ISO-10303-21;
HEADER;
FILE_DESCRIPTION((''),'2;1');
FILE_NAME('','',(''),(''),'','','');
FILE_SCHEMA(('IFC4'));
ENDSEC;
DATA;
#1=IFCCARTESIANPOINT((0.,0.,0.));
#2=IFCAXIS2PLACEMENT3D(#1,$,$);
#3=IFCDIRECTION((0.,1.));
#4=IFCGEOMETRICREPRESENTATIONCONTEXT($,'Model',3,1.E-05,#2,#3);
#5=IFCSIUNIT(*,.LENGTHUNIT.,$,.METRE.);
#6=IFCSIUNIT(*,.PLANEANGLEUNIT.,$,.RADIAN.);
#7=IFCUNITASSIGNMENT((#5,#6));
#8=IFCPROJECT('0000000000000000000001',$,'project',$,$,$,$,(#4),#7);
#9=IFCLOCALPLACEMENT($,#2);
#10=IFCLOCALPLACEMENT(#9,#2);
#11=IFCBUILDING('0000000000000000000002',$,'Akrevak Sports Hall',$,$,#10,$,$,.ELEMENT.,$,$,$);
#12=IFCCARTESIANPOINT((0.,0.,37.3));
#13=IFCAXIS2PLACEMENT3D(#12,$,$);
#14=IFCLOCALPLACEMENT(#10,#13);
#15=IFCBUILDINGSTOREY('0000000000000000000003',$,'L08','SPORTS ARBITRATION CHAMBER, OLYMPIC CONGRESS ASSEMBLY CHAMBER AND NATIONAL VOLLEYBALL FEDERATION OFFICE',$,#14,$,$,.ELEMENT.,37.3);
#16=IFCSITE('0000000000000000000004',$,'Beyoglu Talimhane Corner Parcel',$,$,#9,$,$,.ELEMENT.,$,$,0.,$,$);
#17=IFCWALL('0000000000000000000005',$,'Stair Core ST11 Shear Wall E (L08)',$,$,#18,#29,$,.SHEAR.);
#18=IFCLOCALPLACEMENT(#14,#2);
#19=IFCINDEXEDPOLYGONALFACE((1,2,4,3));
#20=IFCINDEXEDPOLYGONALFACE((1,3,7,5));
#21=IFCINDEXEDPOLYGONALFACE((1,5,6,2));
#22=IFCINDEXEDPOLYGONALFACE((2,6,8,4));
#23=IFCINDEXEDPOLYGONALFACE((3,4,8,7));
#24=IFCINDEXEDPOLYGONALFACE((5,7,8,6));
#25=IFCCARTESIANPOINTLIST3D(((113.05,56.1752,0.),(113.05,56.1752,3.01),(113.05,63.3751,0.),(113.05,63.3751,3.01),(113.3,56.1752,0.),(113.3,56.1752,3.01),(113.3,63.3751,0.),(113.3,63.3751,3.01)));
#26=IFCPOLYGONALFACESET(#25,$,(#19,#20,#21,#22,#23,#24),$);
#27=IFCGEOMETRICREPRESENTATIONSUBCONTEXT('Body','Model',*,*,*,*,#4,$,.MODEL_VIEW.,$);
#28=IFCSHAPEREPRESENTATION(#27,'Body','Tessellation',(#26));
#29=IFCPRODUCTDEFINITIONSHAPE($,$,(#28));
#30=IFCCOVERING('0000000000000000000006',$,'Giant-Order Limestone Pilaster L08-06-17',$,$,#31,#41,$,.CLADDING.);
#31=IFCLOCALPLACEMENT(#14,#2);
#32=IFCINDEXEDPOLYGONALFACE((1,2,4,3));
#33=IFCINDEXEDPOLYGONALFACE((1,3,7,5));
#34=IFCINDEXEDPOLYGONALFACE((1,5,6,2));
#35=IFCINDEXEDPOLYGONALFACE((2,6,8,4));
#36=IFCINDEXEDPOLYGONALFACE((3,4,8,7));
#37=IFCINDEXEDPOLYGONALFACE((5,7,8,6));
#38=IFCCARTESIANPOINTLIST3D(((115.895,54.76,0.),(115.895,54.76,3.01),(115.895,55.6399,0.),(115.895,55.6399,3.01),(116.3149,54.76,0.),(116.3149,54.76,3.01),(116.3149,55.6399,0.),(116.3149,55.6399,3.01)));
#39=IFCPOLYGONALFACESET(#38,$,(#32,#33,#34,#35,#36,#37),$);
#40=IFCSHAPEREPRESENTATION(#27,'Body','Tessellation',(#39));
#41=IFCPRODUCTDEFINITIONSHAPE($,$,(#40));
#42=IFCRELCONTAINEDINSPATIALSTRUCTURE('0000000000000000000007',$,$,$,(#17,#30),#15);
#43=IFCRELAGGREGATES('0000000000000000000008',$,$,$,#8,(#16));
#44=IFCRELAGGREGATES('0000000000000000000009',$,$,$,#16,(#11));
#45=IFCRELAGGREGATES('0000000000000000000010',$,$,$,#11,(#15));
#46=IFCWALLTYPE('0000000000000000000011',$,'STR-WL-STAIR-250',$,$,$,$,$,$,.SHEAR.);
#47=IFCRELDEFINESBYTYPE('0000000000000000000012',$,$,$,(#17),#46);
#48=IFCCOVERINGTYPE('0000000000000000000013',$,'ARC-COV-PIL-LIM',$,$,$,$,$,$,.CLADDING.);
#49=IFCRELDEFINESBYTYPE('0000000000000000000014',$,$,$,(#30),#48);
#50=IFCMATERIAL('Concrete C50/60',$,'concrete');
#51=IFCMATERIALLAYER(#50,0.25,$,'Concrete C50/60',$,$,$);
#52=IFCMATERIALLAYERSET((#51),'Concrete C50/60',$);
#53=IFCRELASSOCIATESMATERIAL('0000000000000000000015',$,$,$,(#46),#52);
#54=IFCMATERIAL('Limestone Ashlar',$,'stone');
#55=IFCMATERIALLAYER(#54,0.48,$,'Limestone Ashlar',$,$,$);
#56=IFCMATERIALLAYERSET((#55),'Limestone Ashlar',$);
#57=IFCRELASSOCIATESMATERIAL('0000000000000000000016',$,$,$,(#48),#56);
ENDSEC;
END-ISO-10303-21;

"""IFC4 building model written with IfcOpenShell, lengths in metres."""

from ifc_helpers import new_model, si_unit, direction, frame, frame_2d, origin, origin_2d, place, context, subcontext, project, spatial, rectangle, extrude, material, layer, layer_set, type_object, element, save


model = new_model("IFC4")

# Units and contexts
model_context = context("Model", 3, precision=1e-05, world=origin(), true_north=direction((0.0, 1.0)))
body_context = subcontext(model_context, "Body", "Model", "MODEL_VIEW")
ifc_project = project(units=[si_unit("LENGTHUNIT", "METRE"), si_unit("PLANEANGLEUNIT", "RADIAN")], contexts=[model_context])

# Site, building, storey
site_placement = place(None, origin())
site = spatial("IfcSite", under=ifc_project, at=site_placement, Name="Beyoglu Talimhane Corner Parcel", CompositionType="ELEMENT", RefElevation=0.0)
building_placement = place(site_placement, origin())
building = spatial("IfcBuilding", under=site, at=building_placement, Name="Akrevak Sports Hall", CompositionType="ELEMENT")
storey_placement = place(building_placement, frame((0.0, 0.0, 37.3)))
storey = spatial("IfcBuildingStorey", under=building, at=storey_placement, Name="L08", Description="SPORTS ARBITRATION CHAMBER, OLYMPIC CONGRESS ASSEMBLY CHAMBER AND NATIONAL VOLLEYBALL FEDERATION OFFICE", CompositionType="ELEMENT", Elevation=37.3)

# Shared definitions
ifc_material_1 = material(Name="Concrete C50/60", Category="concrete")

# Shared definitions
ifc_material_2 = material(Name="Limestone Ashlar", Category="stone")

# Wall
ifc_layer_1 = layer(ifc_material_1, 0.25, Name="Concrete C50/60")
ifc_layer_set_1 = layer_set([ifc_layer_1], Name="Concrete C50/60")
wall_type_1 = type_object("IfcWallType", Name="STR-WL-STAIR-250", PredefinedType="SHEAR", material=ifc_layer_set_1)
wall_1_placement = place(storey_placement, frame((113.175, 56.175, 0.0), z_axis=(0.0, 0.0, 1.0), x_axis=(0.0, 1.0, 0.0)))
element("IfcWall", 1, at=wall_1_placement, inside=storey, type_object=wall_type_1, Name="Stair Core ST11 Shear Wall E (L08)", PredefinedType="SHEAR", context=body_context, shape_type="SweptSolid", body=[
    extrude(rectangle(XDim=7.2, YDim=0.25, at=frame_2d((3.6001, 0.0))), origin(), (0.0, 0.0, 1.0), 3.01),
])

# Covering
ifc_layer_2 = layer(ifc_material_2, 0.48, Name="Limestone Ashlar")
ifc_layer_set_2 = layer_set([ifc_layer_2], Name="Limestone Ashlar")
covering_type = type_object("IfcCoveringType", Name="ARC-COV-PIL-LIM", PredefinedType="CLADDING", material=ifc_layer_set_2)
covering_placement = place(storey_placement, frame((116.105, 55.2, 0.0), z_axis=(0.0, 0.0, 1.0), x_axis=(0.0, 1.0, 0.0)))
element("IfcCovering", 2, at=covering_placement, inside=storey, type_object=covering_type, Name="Giant-Order Limestone Pilaster L08-06-17", PredefinedType="CLADDING", context=body_context, shape_type="SweptSolid", body=[
    extrude(rectangle(XDim=0.8799, YDim=0.4199, at=origin_2d()), origin(), (0.0, 0.0, 1.0), 3.01),
])

save(model, "model.ifc")
